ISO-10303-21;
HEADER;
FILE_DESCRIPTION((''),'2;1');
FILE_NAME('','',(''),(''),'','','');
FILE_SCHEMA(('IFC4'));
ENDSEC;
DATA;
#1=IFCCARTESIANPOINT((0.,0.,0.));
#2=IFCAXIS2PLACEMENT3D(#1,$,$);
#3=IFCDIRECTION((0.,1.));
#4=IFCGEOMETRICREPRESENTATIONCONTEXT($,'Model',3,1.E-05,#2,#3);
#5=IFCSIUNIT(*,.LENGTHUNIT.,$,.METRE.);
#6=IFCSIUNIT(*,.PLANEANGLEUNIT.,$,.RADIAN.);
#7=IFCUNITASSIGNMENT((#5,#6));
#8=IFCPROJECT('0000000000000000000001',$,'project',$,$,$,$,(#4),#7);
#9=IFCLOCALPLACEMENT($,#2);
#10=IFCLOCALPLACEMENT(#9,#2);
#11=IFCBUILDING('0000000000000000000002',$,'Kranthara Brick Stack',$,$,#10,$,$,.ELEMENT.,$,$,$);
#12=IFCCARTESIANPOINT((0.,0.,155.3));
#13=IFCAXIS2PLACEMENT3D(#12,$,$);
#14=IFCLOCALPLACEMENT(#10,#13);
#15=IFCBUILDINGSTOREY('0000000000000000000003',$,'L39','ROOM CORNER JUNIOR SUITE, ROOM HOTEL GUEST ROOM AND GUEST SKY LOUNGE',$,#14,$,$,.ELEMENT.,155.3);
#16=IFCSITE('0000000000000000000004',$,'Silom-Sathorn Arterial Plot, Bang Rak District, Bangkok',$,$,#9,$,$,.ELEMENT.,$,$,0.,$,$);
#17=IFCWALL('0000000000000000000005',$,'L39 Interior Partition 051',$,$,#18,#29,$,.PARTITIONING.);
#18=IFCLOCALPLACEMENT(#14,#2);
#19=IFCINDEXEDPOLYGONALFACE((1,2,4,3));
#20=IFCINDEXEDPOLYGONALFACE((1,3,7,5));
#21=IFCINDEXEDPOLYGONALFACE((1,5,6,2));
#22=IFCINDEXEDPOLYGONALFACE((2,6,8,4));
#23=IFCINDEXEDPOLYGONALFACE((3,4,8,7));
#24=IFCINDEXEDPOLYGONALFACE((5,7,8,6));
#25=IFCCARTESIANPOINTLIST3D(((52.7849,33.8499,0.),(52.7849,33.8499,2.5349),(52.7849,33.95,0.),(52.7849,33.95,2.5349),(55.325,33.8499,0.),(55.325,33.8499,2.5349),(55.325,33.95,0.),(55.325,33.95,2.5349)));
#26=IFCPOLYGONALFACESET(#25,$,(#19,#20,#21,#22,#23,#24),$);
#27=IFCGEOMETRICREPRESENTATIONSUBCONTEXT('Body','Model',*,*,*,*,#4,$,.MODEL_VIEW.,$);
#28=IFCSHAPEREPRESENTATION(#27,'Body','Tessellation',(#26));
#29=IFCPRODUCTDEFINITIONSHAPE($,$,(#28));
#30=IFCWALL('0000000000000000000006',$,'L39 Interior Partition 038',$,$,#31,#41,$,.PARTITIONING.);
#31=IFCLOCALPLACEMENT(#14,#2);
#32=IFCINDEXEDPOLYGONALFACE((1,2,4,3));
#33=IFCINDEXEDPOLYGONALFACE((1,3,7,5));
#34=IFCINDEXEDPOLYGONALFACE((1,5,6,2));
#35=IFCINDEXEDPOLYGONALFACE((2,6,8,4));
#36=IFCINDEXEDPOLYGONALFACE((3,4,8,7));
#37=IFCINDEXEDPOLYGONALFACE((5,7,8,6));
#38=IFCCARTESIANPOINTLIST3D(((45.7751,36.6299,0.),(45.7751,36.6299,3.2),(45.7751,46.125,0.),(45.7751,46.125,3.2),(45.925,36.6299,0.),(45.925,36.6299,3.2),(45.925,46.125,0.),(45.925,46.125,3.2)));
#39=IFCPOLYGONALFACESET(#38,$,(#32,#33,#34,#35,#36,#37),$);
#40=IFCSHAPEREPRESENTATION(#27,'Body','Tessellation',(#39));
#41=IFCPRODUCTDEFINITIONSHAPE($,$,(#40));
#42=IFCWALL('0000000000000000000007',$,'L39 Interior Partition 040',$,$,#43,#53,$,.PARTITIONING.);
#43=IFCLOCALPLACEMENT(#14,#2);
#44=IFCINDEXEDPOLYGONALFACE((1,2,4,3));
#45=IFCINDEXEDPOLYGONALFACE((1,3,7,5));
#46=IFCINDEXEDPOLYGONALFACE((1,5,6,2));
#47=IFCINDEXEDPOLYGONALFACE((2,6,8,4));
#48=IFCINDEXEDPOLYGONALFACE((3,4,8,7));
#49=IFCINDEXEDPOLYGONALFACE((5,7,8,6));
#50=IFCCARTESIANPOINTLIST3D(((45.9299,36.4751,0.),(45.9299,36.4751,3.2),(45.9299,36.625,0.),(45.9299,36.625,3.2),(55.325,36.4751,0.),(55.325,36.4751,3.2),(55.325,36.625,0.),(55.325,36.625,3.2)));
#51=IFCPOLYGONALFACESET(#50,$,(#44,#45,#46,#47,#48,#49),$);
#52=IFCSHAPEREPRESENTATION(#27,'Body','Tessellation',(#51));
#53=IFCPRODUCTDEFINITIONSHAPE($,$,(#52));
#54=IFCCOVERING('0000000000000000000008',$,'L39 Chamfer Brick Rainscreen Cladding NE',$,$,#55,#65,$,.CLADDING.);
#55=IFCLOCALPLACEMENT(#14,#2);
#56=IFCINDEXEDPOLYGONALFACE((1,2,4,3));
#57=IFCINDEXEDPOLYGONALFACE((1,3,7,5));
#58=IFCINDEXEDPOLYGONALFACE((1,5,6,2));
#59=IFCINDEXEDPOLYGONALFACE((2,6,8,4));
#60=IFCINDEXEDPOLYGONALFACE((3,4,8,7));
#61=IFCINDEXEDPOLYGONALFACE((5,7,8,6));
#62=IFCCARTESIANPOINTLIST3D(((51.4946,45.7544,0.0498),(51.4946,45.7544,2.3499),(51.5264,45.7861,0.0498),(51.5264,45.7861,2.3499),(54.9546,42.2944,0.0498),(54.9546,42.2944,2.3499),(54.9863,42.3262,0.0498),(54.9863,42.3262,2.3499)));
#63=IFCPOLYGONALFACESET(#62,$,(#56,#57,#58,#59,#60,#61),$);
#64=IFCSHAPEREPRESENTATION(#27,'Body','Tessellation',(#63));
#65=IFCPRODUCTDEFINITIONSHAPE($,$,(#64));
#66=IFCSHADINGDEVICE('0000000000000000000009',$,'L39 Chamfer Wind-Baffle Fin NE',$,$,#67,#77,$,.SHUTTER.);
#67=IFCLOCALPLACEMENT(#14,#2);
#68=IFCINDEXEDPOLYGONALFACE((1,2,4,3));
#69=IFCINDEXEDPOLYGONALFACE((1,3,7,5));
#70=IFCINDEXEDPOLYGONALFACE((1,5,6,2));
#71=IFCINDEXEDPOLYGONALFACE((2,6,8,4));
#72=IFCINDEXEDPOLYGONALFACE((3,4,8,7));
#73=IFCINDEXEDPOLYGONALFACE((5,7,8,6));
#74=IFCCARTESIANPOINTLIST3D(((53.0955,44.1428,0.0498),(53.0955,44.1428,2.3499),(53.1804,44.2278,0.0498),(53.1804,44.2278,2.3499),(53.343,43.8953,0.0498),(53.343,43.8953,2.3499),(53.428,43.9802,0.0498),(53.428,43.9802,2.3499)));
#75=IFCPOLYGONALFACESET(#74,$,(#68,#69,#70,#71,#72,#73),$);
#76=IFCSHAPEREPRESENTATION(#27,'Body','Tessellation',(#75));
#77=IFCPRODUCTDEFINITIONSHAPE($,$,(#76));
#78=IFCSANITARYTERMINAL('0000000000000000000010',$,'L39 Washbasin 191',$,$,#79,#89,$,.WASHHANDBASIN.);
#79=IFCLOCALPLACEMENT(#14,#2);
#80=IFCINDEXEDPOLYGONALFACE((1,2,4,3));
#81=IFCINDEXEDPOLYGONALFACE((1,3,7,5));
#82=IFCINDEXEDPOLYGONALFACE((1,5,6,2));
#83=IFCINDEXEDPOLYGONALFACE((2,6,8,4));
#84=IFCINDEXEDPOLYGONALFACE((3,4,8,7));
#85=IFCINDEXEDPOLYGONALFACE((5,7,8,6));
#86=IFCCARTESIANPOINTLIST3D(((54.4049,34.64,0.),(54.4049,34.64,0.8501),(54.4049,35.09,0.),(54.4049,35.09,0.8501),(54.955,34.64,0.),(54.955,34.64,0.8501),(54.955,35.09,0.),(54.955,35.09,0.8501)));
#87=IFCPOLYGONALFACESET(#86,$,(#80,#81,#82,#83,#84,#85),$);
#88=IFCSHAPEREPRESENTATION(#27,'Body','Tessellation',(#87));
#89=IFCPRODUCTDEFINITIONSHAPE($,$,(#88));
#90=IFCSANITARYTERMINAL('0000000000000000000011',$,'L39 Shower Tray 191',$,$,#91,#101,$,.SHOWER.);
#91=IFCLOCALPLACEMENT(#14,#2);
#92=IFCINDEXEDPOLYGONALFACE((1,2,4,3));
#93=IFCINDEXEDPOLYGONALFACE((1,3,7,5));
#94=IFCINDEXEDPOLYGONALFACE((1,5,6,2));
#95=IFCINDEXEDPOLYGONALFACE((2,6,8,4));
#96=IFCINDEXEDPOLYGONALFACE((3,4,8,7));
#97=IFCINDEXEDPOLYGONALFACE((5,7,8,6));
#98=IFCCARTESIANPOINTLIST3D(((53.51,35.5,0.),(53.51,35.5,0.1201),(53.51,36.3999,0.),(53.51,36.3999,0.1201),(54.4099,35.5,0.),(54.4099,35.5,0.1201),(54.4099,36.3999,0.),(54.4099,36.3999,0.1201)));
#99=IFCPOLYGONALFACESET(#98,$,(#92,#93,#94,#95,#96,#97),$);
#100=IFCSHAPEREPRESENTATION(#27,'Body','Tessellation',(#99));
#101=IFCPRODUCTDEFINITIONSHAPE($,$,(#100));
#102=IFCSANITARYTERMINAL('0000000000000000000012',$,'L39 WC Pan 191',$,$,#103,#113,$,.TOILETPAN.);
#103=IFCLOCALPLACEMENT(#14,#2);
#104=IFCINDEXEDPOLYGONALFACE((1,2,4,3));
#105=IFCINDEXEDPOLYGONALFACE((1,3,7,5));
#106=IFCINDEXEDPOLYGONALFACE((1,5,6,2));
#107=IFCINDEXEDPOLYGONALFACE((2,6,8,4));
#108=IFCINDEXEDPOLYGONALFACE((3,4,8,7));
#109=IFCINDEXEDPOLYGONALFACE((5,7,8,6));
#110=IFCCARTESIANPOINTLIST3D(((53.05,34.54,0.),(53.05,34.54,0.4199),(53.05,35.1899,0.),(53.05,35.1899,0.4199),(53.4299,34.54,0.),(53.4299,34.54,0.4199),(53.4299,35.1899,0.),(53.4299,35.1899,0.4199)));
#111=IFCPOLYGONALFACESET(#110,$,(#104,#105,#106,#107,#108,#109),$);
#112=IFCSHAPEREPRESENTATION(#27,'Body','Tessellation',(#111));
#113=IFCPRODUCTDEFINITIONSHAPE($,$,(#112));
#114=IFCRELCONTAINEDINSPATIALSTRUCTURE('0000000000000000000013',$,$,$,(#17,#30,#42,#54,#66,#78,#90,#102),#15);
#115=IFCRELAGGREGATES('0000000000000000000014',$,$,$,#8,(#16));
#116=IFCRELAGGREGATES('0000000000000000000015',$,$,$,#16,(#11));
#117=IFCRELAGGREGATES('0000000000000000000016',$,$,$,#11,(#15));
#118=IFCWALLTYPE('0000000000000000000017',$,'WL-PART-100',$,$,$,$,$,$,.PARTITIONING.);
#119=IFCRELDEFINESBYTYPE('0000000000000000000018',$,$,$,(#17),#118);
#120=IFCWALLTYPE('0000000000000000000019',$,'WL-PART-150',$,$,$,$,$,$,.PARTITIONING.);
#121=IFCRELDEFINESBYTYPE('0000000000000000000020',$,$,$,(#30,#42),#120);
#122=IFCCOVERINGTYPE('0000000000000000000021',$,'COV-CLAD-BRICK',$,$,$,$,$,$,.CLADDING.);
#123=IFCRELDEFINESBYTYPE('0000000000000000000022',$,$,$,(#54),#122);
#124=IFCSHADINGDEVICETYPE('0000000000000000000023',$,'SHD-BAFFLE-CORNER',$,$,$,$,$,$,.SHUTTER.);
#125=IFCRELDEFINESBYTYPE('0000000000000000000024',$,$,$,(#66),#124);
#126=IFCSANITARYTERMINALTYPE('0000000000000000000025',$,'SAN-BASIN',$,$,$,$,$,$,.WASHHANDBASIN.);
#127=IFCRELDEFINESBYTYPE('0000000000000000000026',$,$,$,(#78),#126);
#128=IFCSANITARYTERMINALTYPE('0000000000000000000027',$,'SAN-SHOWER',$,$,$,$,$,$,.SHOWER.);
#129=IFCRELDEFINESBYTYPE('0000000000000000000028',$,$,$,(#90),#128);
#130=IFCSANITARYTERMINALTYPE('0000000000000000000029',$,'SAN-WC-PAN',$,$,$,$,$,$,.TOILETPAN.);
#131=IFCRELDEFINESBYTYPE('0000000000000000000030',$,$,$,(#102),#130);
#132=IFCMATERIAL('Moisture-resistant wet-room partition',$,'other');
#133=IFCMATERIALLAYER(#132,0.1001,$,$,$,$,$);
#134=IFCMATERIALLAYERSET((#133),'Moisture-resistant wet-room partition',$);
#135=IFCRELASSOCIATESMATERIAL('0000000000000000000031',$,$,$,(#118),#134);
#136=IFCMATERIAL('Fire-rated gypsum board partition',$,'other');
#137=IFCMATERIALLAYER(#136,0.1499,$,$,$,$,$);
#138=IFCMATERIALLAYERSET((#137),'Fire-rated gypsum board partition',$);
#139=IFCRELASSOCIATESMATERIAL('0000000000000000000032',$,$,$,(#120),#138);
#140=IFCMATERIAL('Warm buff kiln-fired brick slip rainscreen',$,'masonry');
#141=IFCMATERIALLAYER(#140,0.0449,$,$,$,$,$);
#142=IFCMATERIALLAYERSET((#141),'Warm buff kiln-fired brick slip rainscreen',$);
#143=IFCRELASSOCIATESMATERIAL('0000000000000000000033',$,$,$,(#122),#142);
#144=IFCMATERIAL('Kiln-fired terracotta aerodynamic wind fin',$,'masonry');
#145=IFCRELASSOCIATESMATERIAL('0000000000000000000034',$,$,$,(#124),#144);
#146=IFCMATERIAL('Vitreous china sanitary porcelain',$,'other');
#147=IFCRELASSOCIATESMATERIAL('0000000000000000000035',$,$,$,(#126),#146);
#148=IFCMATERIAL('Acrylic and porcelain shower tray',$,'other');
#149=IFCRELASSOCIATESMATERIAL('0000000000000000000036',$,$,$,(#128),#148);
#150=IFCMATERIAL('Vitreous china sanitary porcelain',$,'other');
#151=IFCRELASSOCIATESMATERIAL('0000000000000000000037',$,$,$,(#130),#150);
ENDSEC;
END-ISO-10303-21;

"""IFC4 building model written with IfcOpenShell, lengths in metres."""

from ifc_helpers import new_model, si_unit, direction, frame, frame_2d, origin, origin_2d, place, context, subcontext, project, spatial, rectangle, extrude, material, layer, layer_set, type_object, element, save


model = new_model("IFC4")

# Units and contexts
model_context = context("Model", 3, precision=1e-05, world=origin(), true_north=direction((0.0, 1.0)))
body_context = subcontext(model_context, "Body", "Model", "MODEL_VIEW")
ifc_project = project(units=[si_unit("LENGTHUNIT", "METRE"), si_unit("PLANEANGLEUNIT", "RADIAN")], contexts=[model_context])

# Site, building, storey
site_placement = place(None, origin())
site = spatial("IfcSite", under=ifc_project, at=site_placement, Name="Silom-Sathorn Arterial Plot, Bang Rak District, Bangkok", CompositionType="ELEMENT", RefElevation=0.0)
building_placement = place(site_placement, origin())
building = spatial("IfcBuilding", under=site, at=building_placement, Name="Kranthara Brick Stack", CompositionType="ELEMENT")
storey_placement = place(building_placement, frame((0.0, 0.0, 155.3)))
storey = spatial("IfcBuildingStorey", under=building, at=storey_placement, Name="L39", Description="ROOM CORNER JUNIOR SUITE, ROOM HOTEL GUEST ROOM AND GUEST SKY LOUNGE", CompositionType="ELEMENT", Elevation=155.3)

# Shared definitions
ifc_material_1 = material(Name="Moisture-resistant wet-room partition", Category="other")
ifc_layer_1 = layer(ifc_material_1, 0.1001)
ifc_layer_set_1 = layer_set([ifc_layer_1], Name="Moisture-resistant wet-room partition")
wall_type_1 = type_object("IfcWallType", Name="WL-PART-100", PredefinedType="PARTITIONING", material=ifc_layer_set_1)

# Walls
wall_1_placement = place(storey_placement, frame((52.7849, 33.8999, 0.0), z_axis=(0.0, 0.0, 1.0), x_axis=(1.0, 0.0, 0.0)))
element("IfcWall", 1, at=wall_1_placement, inside=storey, type_object=wall_type_1, Name="L39 Interior Partition 051", PredefinedType="PARTITIONING", context=body_context, shape_type="SweptSolid", body=[
    extrude(rectangle(XDim=2.54, YDim=0.1001, at=frame_2d((1.27, 0.0))), origin(), (0.0, 0.0, 1.0), 2.5349),
])
ifc_material_2 = material(Name="Fire-rated gypsum board partition", Category="other")
ifc_layer_2 = layer(ifc_material_2, 0.1499)
ifc_layer_set_2 = layer_set([ifc_layer_2], Name="Fire-rated gypsum board partition")
wall_type_2 = type_object("IfcWallType", Name="WL-PART-150", PredefinedType="PARTITIONING", material=ifc_layer_set_2)
wall_2_placement = place(storey_placement, frame((45.8501, 36.6299, 0.0), z_axis=(0.0, 0.0, 1.0), x_axis=(0.0, 1.0, 0.0)))
element("IfcWall", 2, at=wall_2_placement, inside=storey, type_object=wall_type_2, Name="L39 Interior Partition 038", PredefinedType="PARTITIONING", context=body_context, shape_type="SweptSolid", body=[
    extrude(rectangle(XDim=9.4951, YDim=0.1499, at=frame_2d((4.7476, 0.0))), origin(), (0.0, 0.0, 1.0), 3.2),
])
wall_3_placement = place(storey_placement, frame((45.9299, 36.55, 0.0), z_axis=(0.0, 0.0, 1.0), x_axis=(1.0, 0.0, 0.0)))
element("IfcWall", 3, at=wall_3_placement, inside=storey, type_object=wall_type_2, Name="L39 Interior Partition 040", PredefinedType="PARTITIONING", context=body_context, shape_type="SweptSolid", body=[
    extrude(rectangle(XDim=9.395, YDim=0.1499, at=frame_2d((4.6975, 0.0))), origin(), (0.0, 0.0, 1.0), 3.2),
])

# Covering
ifc_material_3 = material(Name="Warm buff kiln-fired brick slip rainscreen", Category="masonry")
ifc_layer_3 = layer(ifc_material_3, 0.0449)
ifc_layer_set_3 = layer_set([ifc_layer_3], Name="Warm buff kiln-fired brick slip rainscreen")
covering_type = type_object("IfcCoveringType", Name="COV-CLAD-BRICK", PredefinedType="CLADDING", material=ifc_layer_set_3)
covering_placement = place(storey_placement, frame((53.2405, 44.0403, 0.0498), z_axis=(0.0, 0.0, 1.0), x_axis=(0.707107, -0.707107, 0.0)))
element("IfcCovering", 4, at=covering_placement, inside=storey, type_object=covering_type, Name="L39 Chamfer Brick Rainscreen Cladding NE", PredefinedType="CLADDING", context=body_context, shape_type="SweptSolid", body=[
    extrude(rectangle(XDim=4.8931, YDim=0.0449, at=origin_2d()), origin(), (0.0, 0.0, 1.0), 2.3),
])

# Shading device
ifc_material_4 = material(Name="Kiln-fired terracotta aerodynamic wind fin", Category="masonry")
shading_device_type = type_object("IfcShadingDeviceType", Name="SHD-BAFFLE-CORNER", PredefinedType="SHUTTER", material=ifc_material_4)
shading_device_placement = place(storey_placement, frame((53.2617, 44.0615, 0.0498), z_axis=(0.0, 0.0, 1.0), x_axis=(0.707107, -0.707107, 0.0)))
element("IfcShadingDevice", 5, at=shading_device_placement, inside=storey, type_object=shading_device_type, Name="L39 Chamfer Wind-Baffle Fin NE", PredefinedType="SHUTTER", context=body_context, shape_type="SweptSolid", body=[
    extrude(rectangle(XDim=0.3501, YDim=0.1201, at=origin_2d()), origin(), (0.0, 0.0, 1.0), 2.3),
])

# Sanitary terminals
ifc_material_5 = material(Name="Vitreous china sanitary porcelain", Category="other")
sanitary_terminal_type_1 = type_object("IfcSanitaryTerminalType", Name="SAN-BASIN", PredefinedType="WASHHANDBASIN", material=ifc_material_5)
sanitary_terminal_1_placement = place(storey_placement, frame((54.6799, 34.865, 0.0), z_axis=(0.0, 0.0, 1.0), x_axis=(1.0, 0.0, 0.0)))
element("IfcSanitaryTerminal", 6, at=sanitary_terminal_1_placement, inside=storey, type_object=sanitary_terminal_type_1, Name="L39 Washbasin 191", PredefinedType="WASHHANDBASIN", context=body_context, shape_type="SweptSolid", body=[
    extrude(rectangle(XDim=0.55, YDim=0.45, at=origin_2d()), origin(), (0.0, 0.0, 1.0), 0.8501),
])
ifc_material_6 = material(Name="Acrylic and porcelain shower tray", Category="other")
sanitary_terminal_type_2 = type_object("IfcSanitaryTerminalType", Name="SAN-SHOWER", PredefinedType="SHOWER", material=ifc_material_6)
sanitary_terminal_2_placement = place(storey_placement, frame((53.96, 35.95, 0.0), z_axis=(0.0, 0.0, 1.0), x_axis=(1.0, 0.0, 0.0)))
element("IfcSanitaryTerminal", 7, at=sanitary_terminal_2_placement, inside=storey, type_object=sanitary_terminal_type_2, Name="L39 Shower Tray 191", PredefinedType="SHOWER", context=body_context, shape_type="SweptSolid", body=[
    extrude(rectangle(XDim=0.8999, YDim=0.8999, at=origin_2d()), origin(), (0.0, 0.0, 1.0), 0.1201),
])
ifc_material_7 = material(Name="Vitreous china sanitary porcelain", Category="other")
sanitary_terminal_type_3 = type_object("IfcSanitaryTerminalType", Name="SAN-WC-PAN", PredefinedType="TOILETPAN", material=ifc_material_7)
sanitary_terminal_3_placement = place(storey_placement, frame((53.24, 34.865, 0.0), z_axis=(0.0, 0.0, 1.0), x_axis=(1.0, 0.0, 0.0)))
element("IfcSanitaryTerminal", 8, at=sanitary_terminal_3_placement, inside=storey, type_object=sanitary_terminal_type_3, Name="L39 WC Pan 191", PredefinedType="TOILETPAN", context=body_context, shape_type="SweptSolid", body=[
    extrude(rectangle(XDim=0.3799, YDim=0.6499, at=origin_2d()), origin(), (0.0, 0.0, 1.0), 0.4199),
])

save(model, "model.ifc")
